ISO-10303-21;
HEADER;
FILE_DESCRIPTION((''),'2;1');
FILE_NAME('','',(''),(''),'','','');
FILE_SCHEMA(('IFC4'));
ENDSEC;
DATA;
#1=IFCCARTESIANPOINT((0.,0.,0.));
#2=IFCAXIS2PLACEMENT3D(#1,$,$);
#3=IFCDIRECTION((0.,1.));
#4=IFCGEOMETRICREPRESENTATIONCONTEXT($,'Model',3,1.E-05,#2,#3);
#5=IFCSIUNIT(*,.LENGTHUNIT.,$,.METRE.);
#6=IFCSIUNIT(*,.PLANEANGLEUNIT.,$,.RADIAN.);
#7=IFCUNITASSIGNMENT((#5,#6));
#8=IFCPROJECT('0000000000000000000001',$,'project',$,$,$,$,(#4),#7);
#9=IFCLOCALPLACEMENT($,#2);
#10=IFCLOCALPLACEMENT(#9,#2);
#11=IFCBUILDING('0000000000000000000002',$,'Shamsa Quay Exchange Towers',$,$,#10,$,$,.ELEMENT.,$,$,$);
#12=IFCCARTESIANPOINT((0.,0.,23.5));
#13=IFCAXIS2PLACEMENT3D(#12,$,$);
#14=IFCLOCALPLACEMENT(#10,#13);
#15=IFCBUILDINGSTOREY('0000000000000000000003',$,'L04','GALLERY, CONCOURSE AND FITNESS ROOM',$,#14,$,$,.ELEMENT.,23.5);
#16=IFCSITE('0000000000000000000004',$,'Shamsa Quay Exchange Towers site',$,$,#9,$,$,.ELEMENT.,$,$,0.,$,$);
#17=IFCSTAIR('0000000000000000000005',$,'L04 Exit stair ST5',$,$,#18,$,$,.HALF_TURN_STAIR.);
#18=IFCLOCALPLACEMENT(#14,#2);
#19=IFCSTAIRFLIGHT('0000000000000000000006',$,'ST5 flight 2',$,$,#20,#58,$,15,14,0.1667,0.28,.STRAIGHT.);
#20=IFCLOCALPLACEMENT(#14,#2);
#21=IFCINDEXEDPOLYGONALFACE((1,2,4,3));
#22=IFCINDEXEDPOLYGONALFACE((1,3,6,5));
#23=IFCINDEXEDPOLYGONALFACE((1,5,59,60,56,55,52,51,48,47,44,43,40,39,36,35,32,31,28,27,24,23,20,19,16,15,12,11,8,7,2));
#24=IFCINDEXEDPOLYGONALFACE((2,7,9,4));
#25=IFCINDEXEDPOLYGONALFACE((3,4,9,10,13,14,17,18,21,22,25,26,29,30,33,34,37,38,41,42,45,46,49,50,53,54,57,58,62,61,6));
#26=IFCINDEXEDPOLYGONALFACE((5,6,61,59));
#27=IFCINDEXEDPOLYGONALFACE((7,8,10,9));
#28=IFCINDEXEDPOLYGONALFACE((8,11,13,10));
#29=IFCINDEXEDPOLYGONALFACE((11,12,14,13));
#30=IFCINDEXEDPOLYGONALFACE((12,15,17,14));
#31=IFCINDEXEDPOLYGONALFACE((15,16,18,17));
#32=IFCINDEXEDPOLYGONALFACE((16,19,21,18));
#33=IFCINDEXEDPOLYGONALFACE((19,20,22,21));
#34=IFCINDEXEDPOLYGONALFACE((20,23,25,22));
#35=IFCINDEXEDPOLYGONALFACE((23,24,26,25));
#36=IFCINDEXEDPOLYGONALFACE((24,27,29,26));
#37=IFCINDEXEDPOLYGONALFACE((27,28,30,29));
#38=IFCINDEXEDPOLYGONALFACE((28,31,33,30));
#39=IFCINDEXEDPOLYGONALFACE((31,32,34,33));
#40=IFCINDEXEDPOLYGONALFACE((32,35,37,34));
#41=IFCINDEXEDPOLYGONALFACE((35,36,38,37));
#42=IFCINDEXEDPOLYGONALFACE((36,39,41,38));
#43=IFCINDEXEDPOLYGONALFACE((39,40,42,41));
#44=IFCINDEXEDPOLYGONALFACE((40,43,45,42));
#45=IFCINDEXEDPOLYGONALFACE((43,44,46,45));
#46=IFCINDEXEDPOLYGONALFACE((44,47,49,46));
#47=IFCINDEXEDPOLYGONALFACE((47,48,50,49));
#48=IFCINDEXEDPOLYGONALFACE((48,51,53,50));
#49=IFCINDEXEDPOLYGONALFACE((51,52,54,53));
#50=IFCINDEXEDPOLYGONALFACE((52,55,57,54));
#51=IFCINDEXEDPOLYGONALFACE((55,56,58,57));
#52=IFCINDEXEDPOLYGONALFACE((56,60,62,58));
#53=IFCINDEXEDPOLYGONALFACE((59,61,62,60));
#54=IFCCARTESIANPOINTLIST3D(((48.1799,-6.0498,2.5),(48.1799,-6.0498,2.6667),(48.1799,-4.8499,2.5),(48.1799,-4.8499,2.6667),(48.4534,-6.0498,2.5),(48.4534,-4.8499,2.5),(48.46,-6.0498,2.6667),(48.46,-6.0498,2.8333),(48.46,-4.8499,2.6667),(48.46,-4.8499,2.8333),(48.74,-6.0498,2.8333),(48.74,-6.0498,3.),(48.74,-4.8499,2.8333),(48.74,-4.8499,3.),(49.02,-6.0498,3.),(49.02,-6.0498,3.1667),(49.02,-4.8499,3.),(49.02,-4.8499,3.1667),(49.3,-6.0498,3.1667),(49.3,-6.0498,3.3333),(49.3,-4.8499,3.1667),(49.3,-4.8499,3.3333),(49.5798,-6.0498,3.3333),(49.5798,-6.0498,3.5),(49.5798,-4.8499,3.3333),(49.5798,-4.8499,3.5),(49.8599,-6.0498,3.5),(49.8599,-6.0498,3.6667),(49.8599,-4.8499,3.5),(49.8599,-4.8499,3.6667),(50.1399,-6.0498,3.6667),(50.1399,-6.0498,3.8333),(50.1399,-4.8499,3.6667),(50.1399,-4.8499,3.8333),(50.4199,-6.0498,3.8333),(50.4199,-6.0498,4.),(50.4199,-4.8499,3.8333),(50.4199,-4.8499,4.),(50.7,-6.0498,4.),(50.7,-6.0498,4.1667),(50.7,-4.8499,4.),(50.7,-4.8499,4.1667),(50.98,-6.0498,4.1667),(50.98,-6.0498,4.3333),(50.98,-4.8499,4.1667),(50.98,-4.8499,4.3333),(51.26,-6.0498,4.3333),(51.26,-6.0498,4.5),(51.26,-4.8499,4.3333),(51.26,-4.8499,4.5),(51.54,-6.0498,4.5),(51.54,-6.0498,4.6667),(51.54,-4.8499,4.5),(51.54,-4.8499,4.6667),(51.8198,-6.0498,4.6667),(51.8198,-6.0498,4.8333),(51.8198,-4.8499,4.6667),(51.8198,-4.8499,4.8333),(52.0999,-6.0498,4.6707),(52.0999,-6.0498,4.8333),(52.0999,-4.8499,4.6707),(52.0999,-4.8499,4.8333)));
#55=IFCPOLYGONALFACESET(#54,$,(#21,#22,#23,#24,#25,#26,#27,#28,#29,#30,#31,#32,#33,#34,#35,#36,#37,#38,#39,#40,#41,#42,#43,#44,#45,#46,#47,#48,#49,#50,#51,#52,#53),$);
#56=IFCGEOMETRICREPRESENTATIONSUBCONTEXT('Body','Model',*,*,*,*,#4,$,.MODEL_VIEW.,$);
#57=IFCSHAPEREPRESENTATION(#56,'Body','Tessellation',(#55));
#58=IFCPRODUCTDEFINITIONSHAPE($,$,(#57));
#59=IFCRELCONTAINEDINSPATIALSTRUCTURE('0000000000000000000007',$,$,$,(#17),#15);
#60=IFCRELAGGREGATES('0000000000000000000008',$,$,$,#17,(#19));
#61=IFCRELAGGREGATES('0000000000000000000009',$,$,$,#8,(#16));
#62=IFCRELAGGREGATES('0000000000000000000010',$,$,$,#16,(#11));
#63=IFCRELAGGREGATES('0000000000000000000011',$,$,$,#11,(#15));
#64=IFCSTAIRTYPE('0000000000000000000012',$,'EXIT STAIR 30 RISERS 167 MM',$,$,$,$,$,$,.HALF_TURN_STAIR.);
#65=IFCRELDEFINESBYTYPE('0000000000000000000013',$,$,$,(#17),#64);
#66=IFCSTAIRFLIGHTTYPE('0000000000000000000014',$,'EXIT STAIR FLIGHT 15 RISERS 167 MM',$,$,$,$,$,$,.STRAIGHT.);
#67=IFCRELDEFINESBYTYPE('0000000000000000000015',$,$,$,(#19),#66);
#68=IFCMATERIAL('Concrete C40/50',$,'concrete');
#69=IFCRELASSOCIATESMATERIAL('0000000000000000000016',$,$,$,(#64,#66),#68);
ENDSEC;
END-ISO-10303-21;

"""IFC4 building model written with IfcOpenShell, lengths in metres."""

from ifc_helpers import new_model, si_unit, direction, frame, origin, place, context, subcontext, project, spatial, polyline, outline, extrude, material, type_object, element, aggregate, save


model = new_model("IFC4")

# Units and contexts
model_context = context("Model", 3, precision=1e-05, world=origin(), true_north=direction((0.0, 1.0)))
body_context = subcontext(model_context, "Body", "Model", "MODEL_VIEW")
ifc_project = project(units=[si_unit("LENGTHUNIT", "METRE"), si_unit("PLANEANGLEUNIT", "RADIAN")], contexts=[model_context])

# Site, building, storey
site_placement = place(None, origin())
site = spatial("IfcSite", under=ifc_project, at=site_placement, Name="Shamsa Quay Exchange Towers site", CompositionType="ELEMENT", RefElevation=0.0)
building_placement = place(site_placement, origin())
building = spatial("IfcBuilding", under=site, at=building_placement, Name="Shamsa Quay Exchange Towers", CompositionType="ELEMENT")
storey_placement = place(building_placement, frame((0.0, 0.0, 23.5)))
storey = spatial("IfcBuildingStorey", under=building, at=storey_placement, Name="L04", Description="GALLERY, CONCOURSE AND FITNESS ROOM", CompositionType="ELEMENT", Elevation=23.5)

# Stair, stair flight
ifc_material_1 = material(Name="Concrete C40/50", Category="concrete")
stair_type = type_object("IfcStairType", Name="EXIT STAIR 30 RISERS 167 MM", PredefinedType="HALF_TURN_STAIR", material=ifc_material_1)
stair_placement = place(storey_placement, origin())
stair = element("IfcStair", 1, at=stair_placement, inside=storey, type_object=stair_type, Name="L04 Exit stair ST5", PredefinedType="HALF_TURN_STAIR")
stair_flight_type = type_object("IfcStairFlightType", Name="EXIT STAIR FLIGHT 15 RISERS 167 MM", PredefinedType="STRAIGHT", material=ifc_material_1)
stair_flight_1_placement = place(storey_placement, frame((48.1799, -5.45, 2.5)))
stair_flight_1 = element("IfcStairFlight", 2, at=stair_flight_1_placement, type_object=stair_flight_type, Name="ST5 flight 2", NumberOfRisers=15, NumberOfTreads=14, PredefinedType="STRAIGHT", RiserHeight=0.1667, TreadLength=0.28, context=body_context, shape_type="SweptSolid", body=[
    extrude(outline(polyline([(0.0, 0.0), (0.0, 0.1667), (0.28, 0.1667), (0.28, 0.3333), (0.5601, 0.3333), (0.5601, 0.5), (0.8401, 0.5), (0.8401, 0.6667), (1.1201, 0.6667), (1.1201, 0.8333), (1.3999, 0.8333), (1.3999, 1.0), (1.6799, 1.0), (1.6799, 1.1667), (1.96, 1.1667), (1.96, 1.3333), (2.24, 1.3333), (2.24, 1.5), (2.52, 1.5), (2.52, 1.6667), (2.8, 1.6667), (2.8, 1.8333), (3.0801, 1.8333), (3.0801, 2.0), (3.3601, 2.0), (3.3601, 2.1667), (3.6399, 2.1667), (3.6399, 2.3333), (3.9199, 2.3333), (3.9199, 2.5), (3.9199, 2.1707), (0.2734, 0.0), (0.0, 0.0)])), frame((0.0, 0.6001, 0.0), z_axis=(0.0, -1.0, 0.0), x_axis=(1.0, 0.0, 0.0)), (0.0, 0.0, 1.0), 1.2),
])
aggregate(stair, [stair_flight_1])

save(model, "model.ifc")
